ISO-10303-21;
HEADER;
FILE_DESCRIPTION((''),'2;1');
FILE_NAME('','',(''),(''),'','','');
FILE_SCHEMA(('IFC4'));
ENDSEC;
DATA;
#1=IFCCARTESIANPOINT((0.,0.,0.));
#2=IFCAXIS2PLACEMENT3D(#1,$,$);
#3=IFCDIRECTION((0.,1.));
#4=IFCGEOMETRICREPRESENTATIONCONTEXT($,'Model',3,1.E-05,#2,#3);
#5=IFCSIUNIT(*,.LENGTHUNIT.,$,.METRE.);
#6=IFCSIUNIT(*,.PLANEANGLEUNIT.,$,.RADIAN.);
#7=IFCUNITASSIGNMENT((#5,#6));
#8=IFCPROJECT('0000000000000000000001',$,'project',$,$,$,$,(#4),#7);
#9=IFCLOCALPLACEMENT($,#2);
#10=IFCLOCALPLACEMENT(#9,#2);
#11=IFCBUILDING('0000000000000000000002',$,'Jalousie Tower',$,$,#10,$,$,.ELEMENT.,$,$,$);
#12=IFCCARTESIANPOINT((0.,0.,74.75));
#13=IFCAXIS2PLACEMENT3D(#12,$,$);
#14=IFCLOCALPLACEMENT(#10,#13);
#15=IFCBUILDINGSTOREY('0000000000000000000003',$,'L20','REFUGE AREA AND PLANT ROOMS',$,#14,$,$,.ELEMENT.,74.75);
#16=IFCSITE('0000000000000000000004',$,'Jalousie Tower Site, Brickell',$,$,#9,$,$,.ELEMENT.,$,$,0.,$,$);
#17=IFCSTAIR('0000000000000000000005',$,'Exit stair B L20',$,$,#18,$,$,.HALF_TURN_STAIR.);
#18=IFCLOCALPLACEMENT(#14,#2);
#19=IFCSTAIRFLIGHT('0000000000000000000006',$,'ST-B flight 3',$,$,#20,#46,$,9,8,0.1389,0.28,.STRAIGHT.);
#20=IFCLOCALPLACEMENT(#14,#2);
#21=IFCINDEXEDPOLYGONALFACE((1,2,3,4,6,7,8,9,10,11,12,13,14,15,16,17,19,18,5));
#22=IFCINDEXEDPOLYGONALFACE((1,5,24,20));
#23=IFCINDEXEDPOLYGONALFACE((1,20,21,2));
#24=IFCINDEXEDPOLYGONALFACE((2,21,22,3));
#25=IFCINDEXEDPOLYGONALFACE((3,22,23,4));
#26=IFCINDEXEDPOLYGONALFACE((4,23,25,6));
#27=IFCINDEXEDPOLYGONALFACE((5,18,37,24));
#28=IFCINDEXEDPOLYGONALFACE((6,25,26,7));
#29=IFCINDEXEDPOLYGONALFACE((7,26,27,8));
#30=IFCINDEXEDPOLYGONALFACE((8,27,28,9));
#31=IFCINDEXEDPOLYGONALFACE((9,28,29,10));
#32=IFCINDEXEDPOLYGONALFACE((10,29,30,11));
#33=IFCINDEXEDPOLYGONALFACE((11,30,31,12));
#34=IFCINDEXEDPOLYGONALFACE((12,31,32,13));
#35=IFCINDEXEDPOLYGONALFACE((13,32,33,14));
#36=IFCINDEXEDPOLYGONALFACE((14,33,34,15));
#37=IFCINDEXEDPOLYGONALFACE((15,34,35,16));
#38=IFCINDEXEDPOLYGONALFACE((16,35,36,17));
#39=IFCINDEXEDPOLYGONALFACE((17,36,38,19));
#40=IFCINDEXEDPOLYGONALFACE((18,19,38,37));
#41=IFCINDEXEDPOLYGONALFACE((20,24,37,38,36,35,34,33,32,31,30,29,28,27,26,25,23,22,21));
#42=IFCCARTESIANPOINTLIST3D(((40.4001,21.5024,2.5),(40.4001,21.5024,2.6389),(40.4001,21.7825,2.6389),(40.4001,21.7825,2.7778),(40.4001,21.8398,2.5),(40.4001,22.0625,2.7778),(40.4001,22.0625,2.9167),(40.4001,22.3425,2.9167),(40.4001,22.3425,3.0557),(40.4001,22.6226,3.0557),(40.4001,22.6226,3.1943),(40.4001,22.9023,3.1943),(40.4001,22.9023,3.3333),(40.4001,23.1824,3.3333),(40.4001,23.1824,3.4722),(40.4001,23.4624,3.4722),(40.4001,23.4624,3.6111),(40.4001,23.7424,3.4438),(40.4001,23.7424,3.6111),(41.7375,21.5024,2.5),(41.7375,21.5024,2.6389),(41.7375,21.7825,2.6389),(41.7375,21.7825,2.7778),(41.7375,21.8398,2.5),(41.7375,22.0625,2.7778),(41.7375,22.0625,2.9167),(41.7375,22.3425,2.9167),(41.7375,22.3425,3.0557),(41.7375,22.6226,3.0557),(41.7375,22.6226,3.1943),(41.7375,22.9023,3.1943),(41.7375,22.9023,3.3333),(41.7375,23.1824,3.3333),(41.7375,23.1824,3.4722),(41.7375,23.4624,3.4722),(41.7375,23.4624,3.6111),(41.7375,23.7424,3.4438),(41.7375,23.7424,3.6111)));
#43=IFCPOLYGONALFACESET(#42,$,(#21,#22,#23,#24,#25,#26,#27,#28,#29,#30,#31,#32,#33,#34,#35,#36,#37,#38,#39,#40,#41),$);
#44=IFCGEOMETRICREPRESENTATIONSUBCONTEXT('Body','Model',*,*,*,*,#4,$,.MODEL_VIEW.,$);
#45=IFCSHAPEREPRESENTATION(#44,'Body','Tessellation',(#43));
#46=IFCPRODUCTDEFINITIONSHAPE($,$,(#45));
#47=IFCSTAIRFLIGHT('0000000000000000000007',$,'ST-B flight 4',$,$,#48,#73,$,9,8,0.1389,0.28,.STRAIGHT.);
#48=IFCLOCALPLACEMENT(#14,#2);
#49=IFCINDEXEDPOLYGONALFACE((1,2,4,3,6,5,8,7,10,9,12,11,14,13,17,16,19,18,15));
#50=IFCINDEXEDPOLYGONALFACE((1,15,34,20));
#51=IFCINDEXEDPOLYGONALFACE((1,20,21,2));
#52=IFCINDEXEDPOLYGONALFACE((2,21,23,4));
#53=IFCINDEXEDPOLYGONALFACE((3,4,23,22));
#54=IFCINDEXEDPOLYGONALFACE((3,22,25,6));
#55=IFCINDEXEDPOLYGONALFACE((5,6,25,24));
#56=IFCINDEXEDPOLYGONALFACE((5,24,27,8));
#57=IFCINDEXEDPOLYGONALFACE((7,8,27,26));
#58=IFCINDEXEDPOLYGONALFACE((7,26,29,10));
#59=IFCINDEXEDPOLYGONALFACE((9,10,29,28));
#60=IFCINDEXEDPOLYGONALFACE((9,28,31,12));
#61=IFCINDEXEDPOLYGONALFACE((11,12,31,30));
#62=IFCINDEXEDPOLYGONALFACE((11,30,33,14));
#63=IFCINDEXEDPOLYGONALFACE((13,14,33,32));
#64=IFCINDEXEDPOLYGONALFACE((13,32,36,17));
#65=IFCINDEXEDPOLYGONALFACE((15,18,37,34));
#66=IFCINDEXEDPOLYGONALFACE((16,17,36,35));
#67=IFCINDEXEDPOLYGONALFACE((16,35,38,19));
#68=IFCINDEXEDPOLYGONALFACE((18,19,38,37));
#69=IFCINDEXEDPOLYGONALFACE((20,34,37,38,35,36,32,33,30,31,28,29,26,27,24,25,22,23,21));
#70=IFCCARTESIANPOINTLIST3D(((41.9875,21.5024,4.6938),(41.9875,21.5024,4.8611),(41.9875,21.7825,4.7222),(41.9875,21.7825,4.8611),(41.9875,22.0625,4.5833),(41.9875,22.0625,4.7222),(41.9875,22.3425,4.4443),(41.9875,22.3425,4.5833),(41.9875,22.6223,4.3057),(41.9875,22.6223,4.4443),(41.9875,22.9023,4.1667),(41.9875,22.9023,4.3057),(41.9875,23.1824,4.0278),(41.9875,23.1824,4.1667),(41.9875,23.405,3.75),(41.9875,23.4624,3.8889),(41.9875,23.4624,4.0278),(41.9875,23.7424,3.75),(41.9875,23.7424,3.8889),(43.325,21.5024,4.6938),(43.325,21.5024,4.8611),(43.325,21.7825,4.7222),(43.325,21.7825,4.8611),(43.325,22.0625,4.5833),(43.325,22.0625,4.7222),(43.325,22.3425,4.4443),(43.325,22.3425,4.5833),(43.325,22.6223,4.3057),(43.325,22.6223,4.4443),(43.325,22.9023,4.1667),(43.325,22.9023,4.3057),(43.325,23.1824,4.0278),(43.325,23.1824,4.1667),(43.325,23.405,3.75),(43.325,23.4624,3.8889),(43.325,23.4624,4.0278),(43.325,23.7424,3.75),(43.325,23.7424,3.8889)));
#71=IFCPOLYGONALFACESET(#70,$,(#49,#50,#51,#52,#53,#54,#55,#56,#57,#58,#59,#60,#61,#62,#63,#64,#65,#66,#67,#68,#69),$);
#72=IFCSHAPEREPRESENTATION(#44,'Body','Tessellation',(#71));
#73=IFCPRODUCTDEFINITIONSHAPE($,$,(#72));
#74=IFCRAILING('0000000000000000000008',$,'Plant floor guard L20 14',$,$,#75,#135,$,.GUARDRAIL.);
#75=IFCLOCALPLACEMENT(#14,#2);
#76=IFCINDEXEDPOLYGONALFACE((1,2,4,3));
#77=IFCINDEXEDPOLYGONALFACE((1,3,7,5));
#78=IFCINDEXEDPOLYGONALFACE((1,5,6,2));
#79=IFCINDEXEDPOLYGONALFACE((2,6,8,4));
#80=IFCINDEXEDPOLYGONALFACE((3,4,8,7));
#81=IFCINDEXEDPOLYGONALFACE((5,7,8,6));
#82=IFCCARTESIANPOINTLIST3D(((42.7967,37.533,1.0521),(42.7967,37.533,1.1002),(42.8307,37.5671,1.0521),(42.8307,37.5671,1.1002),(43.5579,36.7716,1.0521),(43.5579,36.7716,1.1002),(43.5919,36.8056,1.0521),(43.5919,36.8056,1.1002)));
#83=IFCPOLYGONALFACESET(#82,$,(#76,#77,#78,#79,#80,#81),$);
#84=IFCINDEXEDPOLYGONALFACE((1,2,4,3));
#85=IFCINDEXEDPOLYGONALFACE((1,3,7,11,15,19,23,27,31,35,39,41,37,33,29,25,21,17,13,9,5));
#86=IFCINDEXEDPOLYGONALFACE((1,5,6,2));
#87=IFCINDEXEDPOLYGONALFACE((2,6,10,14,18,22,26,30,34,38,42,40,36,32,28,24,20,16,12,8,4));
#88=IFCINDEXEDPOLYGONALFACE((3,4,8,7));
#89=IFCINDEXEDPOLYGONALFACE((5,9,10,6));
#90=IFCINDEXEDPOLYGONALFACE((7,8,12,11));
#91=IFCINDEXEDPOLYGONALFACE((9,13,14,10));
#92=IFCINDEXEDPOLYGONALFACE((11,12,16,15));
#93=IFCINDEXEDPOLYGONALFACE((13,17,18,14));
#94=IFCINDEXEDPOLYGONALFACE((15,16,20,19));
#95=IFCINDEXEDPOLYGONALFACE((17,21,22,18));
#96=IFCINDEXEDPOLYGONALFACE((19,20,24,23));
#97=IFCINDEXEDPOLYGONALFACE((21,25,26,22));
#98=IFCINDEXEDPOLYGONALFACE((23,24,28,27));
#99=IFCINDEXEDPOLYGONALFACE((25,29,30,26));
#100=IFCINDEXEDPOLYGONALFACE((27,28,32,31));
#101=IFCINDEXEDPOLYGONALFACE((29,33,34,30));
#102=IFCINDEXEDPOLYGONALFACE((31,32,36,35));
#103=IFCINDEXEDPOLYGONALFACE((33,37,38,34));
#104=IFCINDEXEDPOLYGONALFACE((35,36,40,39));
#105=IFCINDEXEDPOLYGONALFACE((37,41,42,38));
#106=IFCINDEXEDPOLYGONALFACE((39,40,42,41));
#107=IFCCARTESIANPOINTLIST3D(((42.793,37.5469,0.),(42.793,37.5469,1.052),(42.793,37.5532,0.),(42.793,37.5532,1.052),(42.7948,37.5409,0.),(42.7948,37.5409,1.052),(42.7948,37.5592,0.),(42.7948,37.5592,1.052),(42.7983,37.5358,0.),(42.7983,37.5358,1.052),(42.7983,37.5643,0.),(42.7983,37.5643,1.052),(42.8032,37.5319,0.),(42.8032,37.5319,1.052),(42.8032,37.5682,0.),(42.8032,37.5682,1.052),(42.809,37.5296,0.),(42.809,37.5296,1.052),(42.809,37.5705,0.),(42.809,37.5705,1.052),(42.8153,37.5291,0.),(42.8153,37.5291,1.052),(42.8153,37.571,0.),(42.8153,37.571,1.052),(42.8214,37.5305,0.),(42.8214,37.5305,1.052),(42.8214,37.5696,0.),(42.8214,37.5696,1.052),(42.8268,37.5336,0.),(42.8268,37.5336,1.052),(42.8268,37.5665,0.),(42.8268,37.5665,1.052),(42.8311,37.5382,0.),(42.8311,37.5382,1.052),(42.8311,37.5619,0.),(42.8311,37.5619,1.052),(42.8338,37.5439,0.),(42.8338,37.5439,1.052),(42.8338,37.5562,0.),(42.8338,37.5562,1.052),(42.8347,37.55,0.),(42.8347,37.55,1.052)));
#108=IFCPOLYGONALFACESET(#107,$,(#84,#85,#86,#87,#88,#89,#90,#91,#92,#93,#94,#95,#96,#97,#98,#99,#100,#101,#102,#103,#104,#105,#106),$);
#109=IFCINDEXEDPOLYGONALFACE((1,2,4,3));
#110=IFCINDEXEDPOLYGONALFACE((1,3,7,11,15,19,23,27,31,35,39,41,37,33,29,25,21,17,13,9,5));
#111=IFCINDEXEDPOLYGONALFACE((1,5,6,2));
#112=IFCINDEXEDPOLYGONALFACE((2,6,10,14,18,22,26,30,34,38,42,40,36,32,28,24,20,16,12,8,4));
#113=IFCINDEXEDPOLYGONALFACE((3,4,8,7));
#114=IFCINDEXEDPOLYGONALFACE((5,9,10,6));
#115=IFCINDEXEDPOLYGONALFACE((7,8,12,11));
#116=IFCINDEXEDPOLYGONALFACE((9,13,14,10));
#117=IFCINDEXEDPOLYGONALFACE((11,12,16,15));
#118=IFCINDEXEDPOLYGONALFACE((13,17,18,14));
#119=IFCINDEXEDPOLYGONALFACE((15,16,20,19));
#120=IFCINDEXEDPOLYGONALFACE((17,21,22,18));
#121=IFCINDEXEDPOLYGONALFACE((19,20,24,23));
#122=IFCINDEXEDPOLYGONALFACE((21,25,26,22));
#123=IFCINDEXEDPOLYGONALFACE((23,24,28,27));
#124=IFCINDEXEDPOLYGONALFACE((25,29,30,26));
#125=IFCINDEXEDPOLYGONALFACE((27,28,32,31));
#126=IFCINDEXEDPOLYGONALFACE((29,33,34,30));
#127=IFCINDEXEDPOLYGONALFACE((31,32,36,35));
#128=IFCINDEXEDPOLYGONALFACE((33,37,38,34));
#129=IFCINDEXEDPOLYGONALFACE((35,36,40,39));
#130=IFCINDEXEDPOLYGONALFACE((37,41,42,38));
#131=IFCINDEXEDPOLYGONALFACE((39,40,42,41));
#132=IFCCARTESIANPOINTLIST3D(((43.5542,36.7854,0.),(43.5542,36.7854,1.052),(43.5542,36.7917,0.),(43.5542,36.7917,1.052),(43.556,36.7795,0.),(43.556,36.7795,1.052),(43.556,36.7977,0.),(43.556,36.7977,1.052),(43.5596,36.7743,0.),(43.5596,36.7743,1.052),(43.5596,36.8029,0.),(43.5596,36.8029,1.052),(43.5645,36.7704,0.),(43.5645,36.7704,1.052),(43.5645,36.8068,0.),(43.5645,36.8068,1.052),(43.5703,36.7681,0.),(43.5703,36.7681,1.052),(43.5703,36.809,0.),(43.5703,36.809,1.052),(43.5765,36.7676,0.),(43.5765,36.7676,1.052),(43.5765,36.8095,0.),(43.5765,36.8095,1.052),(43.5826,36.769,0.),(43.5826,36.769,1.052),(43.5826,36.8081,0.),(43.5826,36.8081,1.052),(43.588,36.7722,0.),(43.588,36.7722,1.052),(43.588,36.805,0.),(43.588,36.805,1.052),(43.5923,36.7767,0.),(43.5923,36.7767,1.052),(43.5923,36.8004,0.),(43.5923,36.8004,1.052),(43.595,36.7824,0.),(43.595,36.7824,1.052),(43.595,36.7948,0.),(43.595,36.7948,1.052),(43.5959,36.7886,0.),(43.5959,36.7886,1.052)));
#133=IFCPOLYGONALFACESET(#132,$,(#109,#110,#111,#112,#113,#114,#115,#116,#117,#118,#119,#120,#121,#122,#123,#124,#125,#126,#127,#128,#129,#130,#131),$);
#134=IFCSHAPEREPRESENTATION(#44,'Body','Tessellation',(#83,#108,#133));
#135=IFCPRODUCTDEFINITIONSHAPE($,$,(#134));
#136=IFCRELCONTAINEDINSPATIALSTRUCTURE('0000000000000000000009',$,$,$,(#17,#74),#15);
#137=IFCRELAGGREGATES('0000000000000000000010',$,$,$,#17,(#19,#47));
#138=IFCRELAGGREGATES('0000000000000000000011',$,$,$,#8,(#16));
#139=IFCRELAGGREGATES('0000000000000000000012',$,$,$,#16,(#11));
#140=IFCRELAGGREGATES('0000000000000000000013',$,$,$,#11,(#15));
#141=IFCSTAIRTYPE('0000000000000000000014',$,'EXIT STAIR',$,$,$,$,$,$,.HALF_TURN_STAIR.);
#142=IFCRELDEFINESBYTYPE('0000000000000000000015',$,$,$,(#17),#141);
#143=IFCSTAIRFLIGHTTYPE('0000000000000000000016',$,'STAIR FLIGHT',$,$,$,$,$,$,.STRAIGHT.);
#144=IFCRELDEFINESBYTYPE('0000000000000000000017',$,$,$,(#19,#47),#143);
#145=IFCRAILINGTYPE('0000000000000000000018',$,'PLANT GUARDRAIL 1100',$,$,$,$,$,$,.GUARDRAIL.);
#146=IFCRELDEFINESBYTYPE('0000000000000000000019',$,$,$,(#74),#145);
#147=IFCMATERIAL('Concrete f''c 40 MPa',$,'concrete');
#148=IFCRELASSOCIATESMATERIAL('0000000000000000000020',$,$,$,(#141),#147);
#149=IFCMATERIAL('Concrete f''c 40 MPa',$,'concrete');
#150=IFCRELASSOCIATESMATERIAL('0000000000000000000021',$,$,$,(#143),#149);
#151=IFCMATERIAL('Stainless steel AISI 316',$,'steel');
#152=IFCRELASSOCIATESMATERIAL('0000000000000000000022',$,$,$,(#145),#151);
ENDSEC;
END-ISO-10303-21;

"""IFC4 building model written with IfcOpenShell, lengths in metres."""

from ifc_helpers import new_model, si_unit, direction, frame, origin, origin_2d, place, context, subcontext, project, spatial, polyline, rectangle, circle, outline, extrude, material, type_object, element, aggregate, save


model = new_model("IFC4")

# Units and contexts
model_context = context("Model", 3, precision=1e-05, world=origin(), true_north=direction((0.0, 1.0)))
body_context = subcontext(model_context, "Body", "Model", "MODEL_VIEW")
ifc_project = project(units=[si_unit("LENGTHUNIT", "METRE"), si_unit("PLANEANGLEUNIT", "RADIAN")], contexts=[model_context])

# Site, building, storey
site_placement = place(None, origin())
site = spatial("IfcSite", under=ifc_project, at=site_placement, Name="Jalousie Tower Site, Brickell", CompositionType="ELEMENT", RefElevation=0.0)
building_placement = place(site_placement, origin())
building = spatial("IfcBuilding", under=site, at=building_placement, Name="Jalousie Tower", CompositionType="ELEMENT")
storey_placement = place(building_placement, frame((0.0, 0.0, 74.75)))
storey = spatial("IfcBuildingStorey", under=building, at=storey_placement, Name="L20", Description="REFUGE AREA AND PLANT ROOMS", CompositionType="ELEMENT", Elevation=74.75)

# Stair, stair flights
ifc_material_1 = material(Name="Concrete f'c 40 MPa", Category="concrete")
stair_type = type_object("IfcStairType", Name="EXIT STAIR", PredefinedType="HALF_TURN_STAIR", material=ifc_material_1)
stair_placement = place(storey_placement, origin())
stair = element("IfcStair", 1, at=stair_placement, inside=storey, type_object=stair_type, Name="Exit stair B L20", PredefinedType="HALF_TURN_STAIR")
ifc_material_2 = material(Name="Concrete f'c 40 MPa", Category="concrete")
stair_flight_type = type_object("IfcStairFlightType", Name="STAIR FLIGHT", PredefinedType="STRAIGHT", material=ifc_material_2)
stair_flight_1_placement = place(storey_placement, frame((41.0688, 21.5024, 2.5), z_axis=(0.0, 0.0, 1.0), x_axis=(0.0, 1.0, 0.0)))
stair_flight_1 = element("IfcStairFlight", 2, at=stair_flight_1_placement, type_object=stair_flight_type, Name="ST-B flight 3", NumberOfRisers=9, NumberOfTreads=8, PredefinedType="STRAIGHT", RiserHeight=0.1389, TreadLength=0.28, context=body_context, shape_type="SweptSolid", body=[
    extrude(outline(polyline([(0.0, 0.0), (0.0, 0.1389), (0.28, 0.1389), (0.28, 0.2778), (0.5601, 0.2778), (0.5601, 0.4167), (0.8401, 0.4167), (0.8401, 0.5557), (1.1201, 0.5557), (1.1201, 0.6943), (1.3999, 0.6943), (1.3999, 0.8333), (1.6799, 0.8333), (1.6799, 0.9722), (1.96, 0.9722), (1.96, 1.1111), (2.24, 1.1111), (2.24, 1.25), (2.24, 0.9438), (0.3374, 0.0), (0.0, 0.0)])), frame((0.0, 0.6687, 0.0), z_axis=(0.0, -1.0, 0.0), x_axis=(1.0, 0.0, 0.0)), (0.0, 0.0, 1.0), 1.3374),
])
stair_flight_2_placement = place(storey_placement, frame((42.6562, 23.7424, 3.75), z_axis=(0.0, 0.0, 1.0), x_axis=(0.0, -1.0, 0.0)))
stair_flight_2 = element("IfcStairFlight", 3, at=stair_flight_2_placement, type_object=stair_flight_type, Name="ST-B flight 4", NumberOfRisers=9, NumberOfTreads=8, PredefinedType="STRAIGHT", RiserHeight=0.1389, TreadLength=0.28, context=body_context, shape_type="SweptSolid", body=[
    extrude(outline(polyline([(0.0, 0.0), (0.0, 0.1389), (0.28, 0.1389), (0.28, 0.2778), (0.5601, 0.2778), (0.5601, 0.4167), (0.8401, 0.4167), (0.8401, 0.5557), (1.1201, 0.5557), (1.1201, 0.6943), (1.3999, 0.6943), (1.3999, 0.8333), (1.6799, 0.8333), (1.6799, 0.9722), (1.96, 0.9722), (1.96, 1.1111), (2.24, 1.1111), (2.24, 1.25), (2.24, 0.9438), (0.3374, 0.0), (0.0, 0.0)])), frame((0.0, 0.6687, 0.0), z_axis=(0.0, -1.0, 0.0), x_axis=(1.0, 0.0, 0.0)), (0.0, 0.0, 1.0), 1.3374),
])
aggregate(stair, [stair_flight_1, stair_flight_2])

# Railing
ifc_material_3 = material(Name="Stainless steel AISI 316", Category="steel")
railing_type_1 = type_object("IfcRailingType", Name="PLANT GUARDRAIL 1100", PredefinedType="GUARDRAIL", material=ifc_material_3)
railing_1_placement = place(storey_placement, frame((42.8137, 37.55, 0.0)))
element("IfcRailing", 4, at=railing_1_placement, inside=storey, type_object=railing_type_1, Name="Plant floor guard L20 14", PredefinedType="GUARDRAIL", context=body_context, shape_type="SweptSolid", body=[
    extrude(rectangle(XDim=0.0481, YDim=0.0481, at=origin_2d()), frame((0.0, 0.0, 1.0762), z_axis=(0.706993, -0.70722, 0.0), x_axis=(0.70722, 0.706993, 0.0)), (0.0, 0.0, 1.0), 1.0767),
    extrude(circle(Radius=0.021, at=origin_2d()), origin(), (0.0, 0.0, 1.0), 1.052),
    extrude(circle(Radius=0.021, at=origin_2d()), frame((0.7612, -0.7615, 0.0)), (0.0, 0.0, 1.0), 1.052),
])

save(model, "model.ifc")
